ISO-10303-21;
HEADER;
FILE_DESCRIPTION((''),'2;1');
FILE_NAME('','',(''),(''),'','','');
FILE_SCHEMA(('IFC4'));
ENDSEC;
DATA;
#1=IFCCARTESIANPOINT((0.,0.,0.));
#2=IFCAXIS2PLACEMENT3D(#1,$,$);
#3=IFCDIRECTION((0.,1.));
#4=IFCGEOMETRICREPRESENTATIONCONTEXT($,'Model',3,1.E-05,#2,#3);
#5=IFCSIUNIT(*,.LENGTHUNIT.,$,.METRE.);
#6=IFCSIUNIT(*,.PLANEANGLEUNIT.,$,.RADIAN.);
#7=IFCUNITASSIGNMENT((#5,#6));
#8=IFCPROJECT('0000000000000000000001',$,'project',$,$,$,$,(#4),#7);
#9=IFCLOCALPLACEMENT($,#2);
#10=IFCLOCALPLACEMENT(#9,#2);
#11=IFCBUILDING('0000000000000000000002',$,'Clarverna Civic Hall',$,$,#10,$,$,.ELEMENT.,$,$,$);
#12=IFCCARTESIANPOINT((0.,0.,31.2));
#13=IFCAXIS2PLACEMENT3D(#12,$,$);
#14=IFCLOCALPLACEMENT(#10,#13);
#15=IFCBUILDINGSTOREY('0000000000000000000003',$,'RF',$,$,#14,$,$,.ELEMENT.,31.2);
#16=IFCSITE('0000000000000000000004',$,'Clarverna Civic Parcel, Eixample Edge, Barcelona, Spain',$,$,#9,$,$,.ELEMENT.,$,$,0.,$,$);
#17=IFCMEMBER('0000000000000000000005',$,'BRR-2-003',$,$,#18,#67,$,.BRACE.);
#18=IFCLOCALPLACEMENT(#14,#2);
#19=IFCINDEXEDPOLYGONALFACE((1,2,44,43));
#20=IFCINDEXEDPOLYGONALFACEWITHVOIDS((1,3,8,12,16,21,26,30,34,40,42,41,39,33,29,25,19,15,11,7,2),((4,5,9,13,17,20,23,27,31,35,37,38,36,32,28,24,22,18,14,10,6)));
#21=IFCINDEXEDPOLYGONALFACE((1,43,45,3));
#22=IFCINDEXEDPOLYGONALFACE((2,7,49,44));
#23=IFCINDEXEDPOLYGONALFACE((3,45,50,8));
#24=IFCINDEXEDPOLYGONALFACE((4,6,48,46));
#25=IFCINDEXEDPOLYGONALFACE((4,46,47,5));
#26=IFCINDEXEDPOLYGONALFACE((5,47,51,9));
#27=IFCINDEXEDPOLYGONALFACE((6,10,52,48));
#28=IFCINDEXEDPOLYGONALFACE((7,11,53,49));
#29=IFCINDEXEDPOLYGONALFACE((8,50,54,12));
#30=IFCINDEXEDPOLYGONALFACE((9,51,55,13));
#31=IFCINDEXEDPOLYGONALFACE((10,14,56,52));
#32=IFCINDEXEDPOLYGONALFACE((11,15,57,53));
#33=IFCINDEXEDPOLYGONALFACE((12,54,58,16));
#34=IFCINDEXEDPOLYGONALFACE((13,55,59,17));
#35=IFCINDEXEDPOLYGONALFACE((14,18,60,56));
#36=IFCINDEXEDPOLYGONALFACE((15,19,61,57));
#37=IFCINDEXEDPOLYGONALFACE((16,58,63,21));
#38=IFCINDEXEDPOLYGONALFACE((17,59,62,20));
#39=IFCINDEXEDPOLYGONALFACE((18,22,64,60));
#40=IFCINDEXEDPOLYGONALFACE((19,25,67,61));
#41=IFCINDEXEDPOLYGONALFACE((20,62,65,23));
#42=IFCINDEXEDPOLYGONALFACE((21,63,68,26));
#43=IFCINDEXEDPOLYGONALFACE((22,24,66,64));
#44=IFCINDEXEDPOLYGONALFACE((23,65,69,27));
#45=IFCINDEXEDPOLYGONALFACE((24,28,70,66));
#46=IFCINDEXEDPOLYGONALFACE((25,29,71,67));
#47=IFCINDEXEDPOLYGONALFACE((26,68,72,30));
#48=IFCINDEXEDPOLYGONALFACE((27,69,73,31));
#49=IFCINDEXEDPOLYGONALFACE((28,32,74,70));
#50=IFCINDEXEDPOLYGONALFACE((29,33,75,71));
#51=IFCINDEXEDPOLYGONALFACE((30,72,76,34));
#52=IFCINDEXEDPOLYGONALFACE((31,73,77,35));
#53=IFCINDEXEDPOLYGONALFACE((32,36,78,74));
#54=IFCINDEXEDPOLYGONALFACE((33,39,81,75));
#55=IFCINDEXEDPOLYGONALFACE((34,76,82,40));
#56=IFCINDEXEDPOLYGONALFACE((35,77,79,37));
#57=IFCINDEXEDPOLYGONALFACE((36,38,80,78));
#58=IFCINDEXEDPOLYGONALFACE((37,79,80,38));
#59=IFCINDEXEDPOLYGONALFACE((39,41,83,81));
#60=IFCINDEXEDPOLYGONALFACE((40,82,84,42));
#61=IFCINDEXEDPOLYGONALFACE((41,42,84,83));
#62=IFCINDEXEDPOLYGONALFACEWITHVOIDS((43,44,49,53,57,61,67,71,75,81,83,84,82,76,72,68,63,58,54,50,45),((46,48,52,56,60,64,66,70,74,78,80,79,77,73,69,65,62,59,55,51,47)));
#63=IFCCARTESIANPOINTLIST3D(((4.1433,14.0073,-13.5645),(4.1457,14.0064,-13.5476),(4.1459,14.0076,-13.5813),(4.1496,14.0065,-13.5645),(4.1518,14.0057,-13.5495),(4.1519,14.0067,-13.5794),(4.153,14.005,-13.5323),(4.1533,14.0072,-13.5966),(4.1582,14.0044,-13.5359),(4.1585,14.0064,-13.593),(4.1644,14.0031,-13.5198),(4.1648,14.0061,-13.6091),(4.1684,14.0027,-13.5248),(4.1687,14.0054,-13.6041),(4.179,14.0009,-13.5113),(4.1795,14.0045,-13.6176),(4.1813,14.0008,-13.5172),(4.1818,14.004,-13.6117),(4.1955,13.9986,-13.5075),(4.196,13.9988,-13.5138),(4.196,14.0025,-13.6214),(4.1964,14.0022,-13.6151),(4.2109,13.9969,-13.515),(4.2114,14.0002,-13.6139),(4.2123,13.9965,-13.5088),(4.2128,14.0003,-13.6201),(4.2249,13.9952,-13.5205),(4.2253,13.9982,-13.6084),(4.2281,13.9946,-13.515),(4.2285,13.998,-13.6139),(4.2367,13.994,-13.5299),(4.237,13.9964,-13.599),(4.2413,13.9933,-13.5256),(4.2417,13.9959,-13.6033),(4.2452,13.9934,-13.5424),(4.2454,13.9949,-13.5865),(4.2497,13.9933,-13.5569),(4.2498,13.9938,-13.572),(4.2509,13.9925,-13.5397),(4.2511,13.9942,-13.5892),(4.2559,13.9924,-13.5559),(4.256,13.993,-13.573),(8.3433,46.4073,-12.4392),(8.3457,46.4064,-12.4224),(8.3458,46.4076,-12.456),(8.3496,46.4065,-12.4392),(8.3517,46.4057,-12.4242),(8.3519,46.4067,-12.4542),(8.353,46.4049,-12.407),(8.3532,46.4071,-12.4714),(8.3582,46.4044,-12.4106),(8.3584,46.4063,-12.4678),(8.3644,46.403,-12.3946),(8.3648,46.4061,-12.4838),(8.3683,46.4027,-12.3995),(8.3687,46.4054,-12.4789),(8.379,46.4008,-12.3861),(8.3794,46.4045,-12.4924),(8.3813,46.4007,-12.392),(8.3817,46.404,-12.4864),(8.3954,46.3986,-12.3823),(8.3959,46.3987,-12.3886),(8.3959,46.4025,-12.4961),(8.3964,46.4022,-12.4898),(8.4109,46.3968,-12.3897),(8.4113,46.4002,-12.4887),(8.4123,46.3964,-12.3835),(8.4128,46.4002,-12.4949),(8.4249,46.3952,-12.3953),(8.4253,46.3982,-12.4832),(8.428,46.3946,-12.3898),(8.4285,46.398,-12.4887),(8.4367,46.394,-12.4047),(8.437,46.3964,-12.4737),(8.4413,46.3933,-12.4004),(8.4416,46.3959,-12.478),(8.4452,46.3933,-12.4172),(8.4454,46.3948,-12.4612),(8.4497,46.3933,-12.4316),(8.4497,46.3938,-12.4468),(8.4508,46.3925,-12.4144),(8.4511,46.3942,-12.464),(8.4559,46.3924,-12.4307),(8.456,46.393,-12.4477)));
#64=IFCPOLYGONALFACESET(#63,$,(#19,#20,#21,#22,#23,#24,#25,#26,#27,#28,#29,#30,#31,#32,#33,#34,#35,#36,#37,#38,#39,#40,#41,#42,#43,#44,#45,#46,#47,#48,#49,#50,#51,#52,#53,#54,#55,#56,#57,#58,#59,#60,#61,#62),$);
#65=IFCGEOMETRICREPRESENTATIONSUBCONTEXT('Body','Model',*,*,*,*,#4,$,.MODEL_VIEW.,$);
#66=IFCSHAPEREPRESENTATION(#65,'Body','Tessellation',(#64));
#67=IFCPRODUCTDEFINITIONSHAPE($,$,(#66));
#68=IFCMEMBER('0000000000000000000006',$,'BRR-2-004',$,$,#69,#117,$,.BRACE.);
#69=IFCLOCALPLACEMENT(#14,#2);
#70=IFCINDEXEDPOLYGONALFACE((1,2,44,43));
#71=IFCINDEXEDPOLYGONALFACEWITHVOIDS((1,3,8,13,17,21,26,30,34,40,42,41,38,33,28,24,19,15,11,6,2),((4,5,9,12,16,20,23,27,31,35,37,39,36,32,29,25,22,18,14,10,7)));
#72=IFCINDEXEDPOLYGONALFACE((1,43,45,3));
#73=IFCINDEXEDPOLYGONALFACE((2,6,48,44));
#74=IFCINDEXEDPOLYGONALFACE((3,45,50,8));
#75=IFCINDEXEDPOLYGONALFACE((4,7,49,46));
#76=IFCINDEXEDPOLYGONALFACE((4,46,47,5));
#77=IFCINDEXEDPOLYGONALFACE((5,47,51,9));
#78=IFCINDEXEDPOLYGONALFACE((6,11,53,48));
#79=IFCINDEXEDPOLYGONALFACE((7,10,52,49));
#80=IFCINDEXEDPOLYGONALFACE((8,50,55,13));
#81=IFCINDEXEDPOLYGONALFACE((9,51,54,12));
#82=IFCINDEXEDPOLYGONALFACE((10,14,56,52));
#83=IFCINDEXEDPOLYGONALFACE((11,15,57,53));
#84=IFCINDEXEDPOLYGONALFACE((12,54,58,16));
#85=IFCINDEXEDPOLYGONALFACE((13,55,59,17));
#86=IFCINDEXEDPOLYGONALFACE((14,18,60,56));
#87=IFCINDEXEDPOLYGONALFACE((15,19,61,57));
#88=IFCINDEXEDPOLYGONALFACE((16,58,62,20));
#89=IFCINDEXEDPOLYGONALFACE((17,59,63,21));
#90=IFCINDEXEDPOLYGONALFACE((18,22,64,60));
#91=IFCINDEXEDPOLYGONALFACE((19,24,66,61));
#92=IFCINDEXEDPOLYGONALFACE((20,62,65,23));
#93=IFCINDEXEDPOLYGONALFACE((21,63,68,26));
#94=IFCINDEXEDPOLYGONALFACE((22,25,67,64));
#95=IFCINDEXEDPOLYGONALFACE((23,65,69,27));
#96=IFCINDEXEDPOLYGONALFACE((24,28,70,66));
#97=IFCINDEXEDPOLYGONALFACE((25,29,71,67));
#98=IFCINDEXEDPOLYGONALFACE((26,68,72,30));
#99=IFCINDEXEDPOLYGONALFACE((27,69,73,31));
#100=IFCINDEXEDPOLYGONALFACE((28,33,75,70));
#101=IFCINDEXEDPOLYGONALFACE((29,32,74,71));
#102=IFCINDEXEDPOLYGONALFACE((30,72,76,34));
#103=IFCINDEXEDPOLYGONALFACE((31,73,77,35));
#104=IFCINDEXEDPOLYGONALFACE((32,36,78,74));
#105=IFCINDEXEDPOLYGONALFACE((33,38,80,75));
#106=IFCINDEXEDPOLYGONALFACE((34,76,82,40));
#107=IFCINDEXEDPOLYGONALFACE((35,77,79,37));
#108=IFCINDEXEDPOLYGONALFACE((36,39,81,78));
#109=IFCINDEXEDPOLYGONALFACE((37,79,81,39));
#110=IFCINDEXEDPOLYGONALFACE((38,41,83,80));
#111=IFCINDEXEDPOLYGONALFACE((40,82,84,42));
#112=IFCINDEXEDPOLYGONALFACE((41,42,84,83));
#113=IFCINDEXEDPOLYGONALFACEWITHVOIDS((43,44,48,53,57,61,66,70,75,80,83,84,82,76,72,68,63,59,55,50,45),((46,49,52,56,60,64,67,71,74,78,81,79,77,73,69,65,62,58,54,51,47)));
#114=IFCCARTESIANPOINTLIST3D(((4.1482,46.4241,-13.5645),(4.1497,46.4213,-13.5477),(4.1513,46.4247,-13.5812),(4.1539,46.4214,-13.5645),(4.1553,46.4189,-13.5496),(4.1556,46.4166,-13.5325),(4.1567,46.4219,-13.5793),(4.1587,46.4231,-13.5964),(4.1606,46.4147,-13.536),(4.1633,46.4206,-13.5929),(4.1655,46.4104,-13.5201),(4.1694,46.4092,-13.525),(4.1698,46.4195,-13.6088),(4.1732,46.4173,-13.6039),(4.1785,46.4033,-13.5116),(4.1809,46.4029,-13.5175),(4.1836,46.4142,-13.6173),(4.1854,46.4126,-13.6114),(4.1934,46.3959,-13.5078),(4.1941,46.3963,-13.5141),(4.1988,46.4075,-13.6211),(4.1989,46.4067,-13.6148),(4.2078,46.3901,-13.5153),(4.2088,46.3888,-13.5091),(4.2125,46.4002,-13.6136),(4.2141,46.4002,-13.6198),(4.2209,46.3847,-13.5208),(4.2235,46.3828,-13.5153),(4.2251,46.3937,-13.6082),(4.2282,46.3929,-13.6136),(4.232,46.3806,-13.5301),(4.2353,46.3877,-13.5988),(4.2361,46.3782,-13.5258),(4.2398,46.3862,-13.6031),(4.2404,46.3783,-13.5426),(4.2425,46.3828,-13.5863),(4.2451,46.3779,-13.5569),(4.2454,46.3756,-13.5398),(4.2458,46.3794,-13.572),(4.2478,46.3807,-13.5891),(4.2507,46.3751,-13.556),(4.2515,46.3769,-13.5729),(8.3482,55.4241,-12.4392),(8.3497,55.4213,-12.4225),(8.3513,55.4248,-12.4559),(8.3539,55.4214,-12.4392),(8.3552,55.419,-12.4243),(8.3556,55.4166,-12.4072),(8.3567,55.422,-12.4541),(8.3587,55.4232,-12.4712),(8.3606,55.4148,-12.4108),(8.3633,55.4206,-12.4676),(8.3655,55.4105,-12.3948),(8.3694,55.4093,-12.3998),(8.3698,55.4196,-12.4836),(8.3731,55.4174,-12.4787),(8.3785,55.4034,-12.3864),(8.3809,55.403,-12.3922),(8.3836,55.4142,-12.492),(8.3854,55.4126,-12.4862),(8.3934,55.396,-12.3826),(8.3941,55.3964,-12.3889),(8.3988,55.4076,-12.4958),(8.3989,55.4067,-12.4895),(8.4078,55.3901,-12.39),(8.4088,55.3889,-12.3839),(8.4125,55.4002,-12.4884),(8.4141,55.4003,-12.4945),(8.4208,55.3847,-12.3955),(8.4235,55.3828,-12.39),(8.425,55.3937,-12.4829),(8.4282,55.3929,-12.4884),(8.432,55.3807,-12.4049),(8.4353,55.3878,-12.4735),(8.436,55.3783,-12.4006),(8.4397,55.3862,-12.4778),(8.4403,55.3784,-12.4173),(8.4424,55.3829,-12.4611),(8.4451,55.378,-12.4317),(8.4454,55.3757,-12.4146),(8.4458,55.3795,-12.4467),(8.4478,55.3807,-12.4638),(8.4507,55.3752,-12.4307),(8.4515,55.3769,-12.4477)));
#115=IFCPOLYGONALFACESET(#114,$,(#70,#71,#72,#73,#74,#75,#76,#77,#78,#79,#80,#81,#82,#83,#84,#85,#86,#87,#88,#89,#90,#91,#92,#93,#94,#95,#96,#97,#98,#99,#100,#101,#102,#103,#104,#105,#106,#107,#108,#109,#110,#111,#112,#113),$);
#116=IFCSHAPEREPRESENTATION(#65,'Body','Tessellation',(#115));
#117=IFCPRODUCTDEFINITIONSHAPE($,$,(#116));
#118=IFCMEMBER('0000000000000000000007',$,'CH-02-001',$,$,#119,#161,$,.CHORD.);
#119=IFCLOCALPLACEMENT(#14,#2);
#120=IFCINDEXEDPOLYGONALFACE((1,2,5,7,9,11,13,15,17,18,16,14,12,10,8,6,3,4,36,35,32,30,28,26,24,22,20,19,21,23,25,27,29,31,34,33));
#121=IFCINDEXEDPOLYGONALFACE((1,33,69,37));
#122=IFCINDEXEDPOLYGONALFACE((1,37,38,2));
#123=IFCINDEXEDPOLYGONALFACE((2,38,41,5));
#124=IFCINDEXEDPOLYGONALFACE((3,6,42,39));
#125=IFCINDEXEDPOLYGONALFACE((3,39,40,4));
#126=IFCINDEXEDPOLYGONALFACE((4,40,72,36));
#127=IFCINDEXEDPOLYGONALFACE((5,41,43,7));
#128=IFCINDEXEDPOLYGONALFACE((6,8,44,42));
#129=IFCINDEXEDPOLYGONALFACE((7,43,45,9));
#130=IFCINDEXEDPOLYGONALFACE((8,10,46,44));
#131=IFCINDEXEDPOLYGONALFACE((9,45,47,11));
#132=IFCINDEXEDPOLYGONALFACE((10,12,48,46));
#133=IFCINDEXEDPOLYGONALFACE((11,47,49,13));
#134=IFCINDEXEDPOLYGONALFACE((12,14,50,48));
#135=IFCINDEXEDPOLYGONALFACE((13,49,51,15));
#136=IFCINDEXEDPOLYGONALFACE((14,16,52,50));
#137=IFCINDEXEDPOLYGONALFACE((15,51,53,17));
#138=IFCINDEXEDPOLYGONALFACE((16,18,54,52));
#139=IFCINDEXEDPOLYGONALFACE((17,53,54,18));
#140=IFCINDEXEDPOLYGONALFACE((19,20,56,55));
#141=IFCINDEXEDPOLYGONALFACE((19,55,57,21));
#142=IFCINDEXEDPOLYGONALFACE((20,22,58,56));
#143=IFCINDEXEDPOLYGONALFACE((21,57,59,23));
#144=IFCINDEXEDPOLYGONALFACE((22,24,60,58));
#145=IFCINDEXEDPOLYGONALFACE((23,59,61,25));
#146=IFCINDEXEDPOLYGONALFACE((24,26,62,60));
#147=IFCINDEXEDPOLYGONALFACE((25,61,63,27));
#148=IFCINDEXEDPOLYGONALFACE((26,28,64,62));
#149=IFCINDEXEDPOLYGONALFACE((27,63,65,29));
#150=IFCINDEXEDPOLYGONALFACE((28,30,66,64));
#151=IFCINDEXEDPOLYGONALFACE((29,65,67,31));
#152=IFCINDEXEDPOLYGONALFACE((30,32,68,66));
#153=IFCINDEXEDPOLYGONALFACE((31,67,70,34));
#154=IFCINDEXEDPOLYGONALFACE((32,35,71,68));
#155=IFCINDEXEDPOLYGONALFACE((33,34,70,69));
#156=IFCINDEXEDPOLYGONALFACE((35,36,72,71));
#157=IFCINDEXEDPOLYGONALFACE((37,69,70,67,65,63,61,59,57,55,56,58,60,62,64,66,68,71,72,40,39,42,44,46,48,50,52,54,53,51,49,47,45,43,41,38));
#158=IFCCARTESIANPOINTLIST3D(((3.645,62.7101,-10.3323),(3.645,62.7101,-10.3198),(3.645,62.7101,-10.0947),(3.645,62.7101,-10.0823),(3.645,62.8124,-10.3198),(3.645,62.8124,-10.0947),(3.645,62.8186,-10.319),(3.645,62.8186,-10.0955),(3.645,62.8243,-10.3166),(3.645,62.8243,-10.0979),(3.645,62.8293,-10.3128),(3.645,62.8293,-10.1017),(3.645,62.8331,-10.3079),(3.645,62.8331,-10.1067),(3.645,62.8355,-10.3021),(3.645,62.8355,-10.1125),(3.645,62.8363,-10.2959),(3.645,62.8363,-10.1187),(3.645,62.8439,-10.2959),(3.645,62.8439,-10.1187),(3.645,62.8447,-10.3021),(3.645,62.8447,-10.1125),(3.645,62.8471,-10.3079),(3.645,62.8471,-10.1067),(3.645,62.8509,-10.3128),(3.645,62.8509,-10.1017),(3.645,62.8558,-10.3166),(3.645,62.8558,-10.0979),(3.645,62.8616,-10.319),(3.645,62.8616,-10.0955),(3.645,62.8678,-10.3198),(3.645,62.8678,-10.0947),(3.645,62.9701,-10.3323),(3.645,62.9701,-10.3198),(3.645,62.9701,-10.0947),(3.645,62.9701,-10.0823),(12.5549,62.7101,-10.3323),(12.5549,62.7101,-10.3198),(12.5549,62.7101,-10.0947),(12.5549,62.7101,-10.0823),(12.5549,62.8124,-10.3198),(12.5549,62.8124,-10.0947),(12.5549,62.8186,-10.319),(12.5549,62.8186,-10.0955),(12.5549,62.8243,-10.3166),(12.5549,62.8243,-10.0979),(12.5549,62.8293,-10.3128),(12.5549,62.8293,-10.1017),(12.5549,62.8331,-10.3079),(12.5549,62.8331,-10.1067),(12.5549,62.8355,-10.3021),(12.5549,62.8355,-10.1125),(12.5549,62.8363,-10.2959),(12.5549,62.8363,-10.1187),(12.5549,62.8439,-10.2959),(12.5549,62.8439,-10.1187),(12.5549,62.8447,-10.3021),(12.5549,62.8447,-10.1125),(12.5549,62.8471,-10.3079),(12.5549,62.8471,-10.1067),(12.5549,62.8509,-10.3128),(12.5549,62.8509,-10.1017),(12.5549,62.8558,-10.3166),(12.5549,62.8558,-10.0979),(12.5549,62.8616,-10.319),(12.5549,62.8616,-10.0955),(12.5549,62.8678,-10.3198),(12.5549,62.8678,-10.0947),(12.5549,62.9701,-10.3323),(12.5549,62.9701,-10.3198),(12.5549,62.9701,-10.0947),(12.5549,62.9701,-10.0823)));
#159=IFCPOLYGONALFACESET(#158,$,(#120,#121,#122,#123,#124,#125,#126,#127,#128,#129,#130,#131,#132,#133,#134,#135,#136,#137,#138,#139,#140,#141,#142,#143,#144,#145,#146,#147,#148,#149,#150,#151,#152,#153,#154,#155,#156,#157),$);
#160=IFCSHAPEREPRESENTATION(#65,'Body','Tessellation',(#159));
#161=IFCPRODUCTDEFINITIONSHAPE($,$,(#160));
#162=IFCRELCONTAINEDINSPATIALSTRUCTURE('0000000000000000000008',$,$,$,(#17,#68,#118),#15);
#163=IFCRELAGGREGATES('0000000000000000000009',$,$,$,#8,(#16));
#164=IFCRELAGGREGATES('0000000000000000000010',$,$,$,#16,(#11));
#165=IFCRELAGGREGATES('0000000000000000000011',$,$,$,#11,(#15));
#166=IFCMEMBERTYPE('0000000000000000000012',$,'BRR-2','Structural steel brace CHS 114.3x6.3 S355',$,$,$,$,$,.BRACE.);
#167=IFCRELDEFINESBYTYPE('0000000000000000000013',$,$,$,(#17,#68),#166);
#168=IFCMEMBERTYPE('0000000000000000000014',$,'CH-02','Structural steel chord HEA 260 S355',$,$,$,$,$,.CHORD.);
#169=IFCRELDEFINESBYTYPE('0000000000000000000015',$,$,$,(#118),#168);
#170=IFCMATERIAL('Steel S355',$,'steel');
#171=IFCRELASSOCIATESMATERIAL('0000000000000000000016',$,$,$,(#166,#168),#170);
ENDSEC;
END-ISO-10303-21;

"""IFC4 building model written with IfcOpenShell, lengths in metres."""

from ifc_helpers import new_model, si_unit, direction, frame, origin, origin_2d, place, context, subcontext, project, spatial, hollow_circle, i_section, extrude, material, material_profile, profile_set, type_object, element, save


model = new_model("IFC4")

# Units and contexts
model_context = context("Model", 3, precision=1e-05, world=origin(), true_north=direction((0.0, 1.0)))
body_context = subcontext(model_context, "Body", "Model", "MODEL_VIEW")
ifc_project = project(units=[si_unit("LENGTHUNIT", "METRE"), si_unit("PLANEANGLEUNIT", "RADIAN")], contexts=[model_context])

# Site, building, storey
site_placement = place(None, origin())
site = spatial("IfcSite", under=ifc_project, at=site_placement, Name="Clarverna Civic Parcel, Eixample Edge, Barcelona, Spain", CompositionType="ELEMENT", RefElevation=0.0)
building_placement = place(site_placement, origin())
building = spatial("IfcBuilding", under=site, at=building_placement, Name="Clarverna Civic Hall", CompositionType="ELEMENT")
storey_placement = place(building_placement, frame((0.0, 0.0, 31.2)))
storey = spatial("IfcBuildingStorey", under=building, at=storey_placement, Name="RF", CompositionType="ELEMENT", Elevation=31.2)

# Members
ifc_material_1 = material(Name="Steel S355", Category="steel")
ifc_material_profile_1 = material_profile(ifc_material_1, hollow_circle(Radius=0.0571, WallThickness=0.0063, at=origin_2d()), Name="CHS 114.3x6.3")
ifc_profile_set_1 = profile_set([ifc_material_profile_1], Name="Steel S355")
member_type_1 = type_object("IfcMemberType", Name="BRR-2", Description="Structural steel brace CHS 114.3x6.3 S355", PredefinedType="BRACE", material=ifc_profile_set_1)
member_1_placement = place(storey_placement, frame((4.2, 14.0, -13.5645), z_axis=(0.128477, 0.991115, 0.034421), x_axis=(-0.991703, 0.128553, 0.0)))
element("IfcMember", 1, at=member_1_placement, inside=storey, type_object=member_type_1, Name="BRR-2-003", PredefinedType="BRACE", context=body_context, shape_type="SweptSolid", body=[
    extrude(hollow_circle(Radius=0.0571, WallThickness=0.0063, at=origin_2d()), origin(), (0.0, 0.0, 1.0), 32.6904),
])
member_2_placement = place(storey_placement, frame((4.2, 46.3999, -13.5645), z_axis=(0.420193, 0.900424, 0.112577), x_axis=(-0.906185, 0.422881, 0.0)))
element("IfcMember", 2, at=member_2_placement, inside=storey, type_object=member_type_1, Name="BRR-2-004", PredefinedType="BRACE", context=body_context, shape_type="SweptSolid", body=[
    extrude(hollow_circle(Radius=0.0571, WallThickness=0.0063, at=origin_2d()), origin(), (0.0, 0.0, 1.0), 9.9954),
])
ifc_material_profile_2 = material_profile(ifc_material_1, i_section(OverallWidth=0.26, OverallDepth=0.25, WebThickness=0.0076, FlangeThickness=0.0125, FilletRadius=0.0239, at=origin_2d()), Name="HEA 260")
ifc_profile_set_2 = profile_set([ifc_material_profile_2], Name="Steel S355")
member_type_2 = type_object("IfcMemberType", Name="CH-02", Description="Structural steel chord HEA 260 S355", PredefinedType="CHORD", material=ifc_profile_set_2)
member_3_placement = place(storey_placement, frame((3.645, 62.8401, -10.2073), z_axis=(1.0, 0.0, 0.0), x_axis=(0.0, 1.0, 0.0)))
element("IfcMember", 3, at=member_3_placement, inside=storey, type_object=member_type_2, Name="CH-02-001", PredefinedType="CHORD", context=body_context, shape_type="SweptSolid", body=[
    extrude(i_section(OverallWidth=0.26, OverallDepth=0.25, WebThickness=0.0076, FlangeThickness=0.0125, FilletRadius=0.0239, at=origin_2d()), origin(), (0.0, 0.0, 1.0), 8.9099),
])

save(model, "model.ifc")
